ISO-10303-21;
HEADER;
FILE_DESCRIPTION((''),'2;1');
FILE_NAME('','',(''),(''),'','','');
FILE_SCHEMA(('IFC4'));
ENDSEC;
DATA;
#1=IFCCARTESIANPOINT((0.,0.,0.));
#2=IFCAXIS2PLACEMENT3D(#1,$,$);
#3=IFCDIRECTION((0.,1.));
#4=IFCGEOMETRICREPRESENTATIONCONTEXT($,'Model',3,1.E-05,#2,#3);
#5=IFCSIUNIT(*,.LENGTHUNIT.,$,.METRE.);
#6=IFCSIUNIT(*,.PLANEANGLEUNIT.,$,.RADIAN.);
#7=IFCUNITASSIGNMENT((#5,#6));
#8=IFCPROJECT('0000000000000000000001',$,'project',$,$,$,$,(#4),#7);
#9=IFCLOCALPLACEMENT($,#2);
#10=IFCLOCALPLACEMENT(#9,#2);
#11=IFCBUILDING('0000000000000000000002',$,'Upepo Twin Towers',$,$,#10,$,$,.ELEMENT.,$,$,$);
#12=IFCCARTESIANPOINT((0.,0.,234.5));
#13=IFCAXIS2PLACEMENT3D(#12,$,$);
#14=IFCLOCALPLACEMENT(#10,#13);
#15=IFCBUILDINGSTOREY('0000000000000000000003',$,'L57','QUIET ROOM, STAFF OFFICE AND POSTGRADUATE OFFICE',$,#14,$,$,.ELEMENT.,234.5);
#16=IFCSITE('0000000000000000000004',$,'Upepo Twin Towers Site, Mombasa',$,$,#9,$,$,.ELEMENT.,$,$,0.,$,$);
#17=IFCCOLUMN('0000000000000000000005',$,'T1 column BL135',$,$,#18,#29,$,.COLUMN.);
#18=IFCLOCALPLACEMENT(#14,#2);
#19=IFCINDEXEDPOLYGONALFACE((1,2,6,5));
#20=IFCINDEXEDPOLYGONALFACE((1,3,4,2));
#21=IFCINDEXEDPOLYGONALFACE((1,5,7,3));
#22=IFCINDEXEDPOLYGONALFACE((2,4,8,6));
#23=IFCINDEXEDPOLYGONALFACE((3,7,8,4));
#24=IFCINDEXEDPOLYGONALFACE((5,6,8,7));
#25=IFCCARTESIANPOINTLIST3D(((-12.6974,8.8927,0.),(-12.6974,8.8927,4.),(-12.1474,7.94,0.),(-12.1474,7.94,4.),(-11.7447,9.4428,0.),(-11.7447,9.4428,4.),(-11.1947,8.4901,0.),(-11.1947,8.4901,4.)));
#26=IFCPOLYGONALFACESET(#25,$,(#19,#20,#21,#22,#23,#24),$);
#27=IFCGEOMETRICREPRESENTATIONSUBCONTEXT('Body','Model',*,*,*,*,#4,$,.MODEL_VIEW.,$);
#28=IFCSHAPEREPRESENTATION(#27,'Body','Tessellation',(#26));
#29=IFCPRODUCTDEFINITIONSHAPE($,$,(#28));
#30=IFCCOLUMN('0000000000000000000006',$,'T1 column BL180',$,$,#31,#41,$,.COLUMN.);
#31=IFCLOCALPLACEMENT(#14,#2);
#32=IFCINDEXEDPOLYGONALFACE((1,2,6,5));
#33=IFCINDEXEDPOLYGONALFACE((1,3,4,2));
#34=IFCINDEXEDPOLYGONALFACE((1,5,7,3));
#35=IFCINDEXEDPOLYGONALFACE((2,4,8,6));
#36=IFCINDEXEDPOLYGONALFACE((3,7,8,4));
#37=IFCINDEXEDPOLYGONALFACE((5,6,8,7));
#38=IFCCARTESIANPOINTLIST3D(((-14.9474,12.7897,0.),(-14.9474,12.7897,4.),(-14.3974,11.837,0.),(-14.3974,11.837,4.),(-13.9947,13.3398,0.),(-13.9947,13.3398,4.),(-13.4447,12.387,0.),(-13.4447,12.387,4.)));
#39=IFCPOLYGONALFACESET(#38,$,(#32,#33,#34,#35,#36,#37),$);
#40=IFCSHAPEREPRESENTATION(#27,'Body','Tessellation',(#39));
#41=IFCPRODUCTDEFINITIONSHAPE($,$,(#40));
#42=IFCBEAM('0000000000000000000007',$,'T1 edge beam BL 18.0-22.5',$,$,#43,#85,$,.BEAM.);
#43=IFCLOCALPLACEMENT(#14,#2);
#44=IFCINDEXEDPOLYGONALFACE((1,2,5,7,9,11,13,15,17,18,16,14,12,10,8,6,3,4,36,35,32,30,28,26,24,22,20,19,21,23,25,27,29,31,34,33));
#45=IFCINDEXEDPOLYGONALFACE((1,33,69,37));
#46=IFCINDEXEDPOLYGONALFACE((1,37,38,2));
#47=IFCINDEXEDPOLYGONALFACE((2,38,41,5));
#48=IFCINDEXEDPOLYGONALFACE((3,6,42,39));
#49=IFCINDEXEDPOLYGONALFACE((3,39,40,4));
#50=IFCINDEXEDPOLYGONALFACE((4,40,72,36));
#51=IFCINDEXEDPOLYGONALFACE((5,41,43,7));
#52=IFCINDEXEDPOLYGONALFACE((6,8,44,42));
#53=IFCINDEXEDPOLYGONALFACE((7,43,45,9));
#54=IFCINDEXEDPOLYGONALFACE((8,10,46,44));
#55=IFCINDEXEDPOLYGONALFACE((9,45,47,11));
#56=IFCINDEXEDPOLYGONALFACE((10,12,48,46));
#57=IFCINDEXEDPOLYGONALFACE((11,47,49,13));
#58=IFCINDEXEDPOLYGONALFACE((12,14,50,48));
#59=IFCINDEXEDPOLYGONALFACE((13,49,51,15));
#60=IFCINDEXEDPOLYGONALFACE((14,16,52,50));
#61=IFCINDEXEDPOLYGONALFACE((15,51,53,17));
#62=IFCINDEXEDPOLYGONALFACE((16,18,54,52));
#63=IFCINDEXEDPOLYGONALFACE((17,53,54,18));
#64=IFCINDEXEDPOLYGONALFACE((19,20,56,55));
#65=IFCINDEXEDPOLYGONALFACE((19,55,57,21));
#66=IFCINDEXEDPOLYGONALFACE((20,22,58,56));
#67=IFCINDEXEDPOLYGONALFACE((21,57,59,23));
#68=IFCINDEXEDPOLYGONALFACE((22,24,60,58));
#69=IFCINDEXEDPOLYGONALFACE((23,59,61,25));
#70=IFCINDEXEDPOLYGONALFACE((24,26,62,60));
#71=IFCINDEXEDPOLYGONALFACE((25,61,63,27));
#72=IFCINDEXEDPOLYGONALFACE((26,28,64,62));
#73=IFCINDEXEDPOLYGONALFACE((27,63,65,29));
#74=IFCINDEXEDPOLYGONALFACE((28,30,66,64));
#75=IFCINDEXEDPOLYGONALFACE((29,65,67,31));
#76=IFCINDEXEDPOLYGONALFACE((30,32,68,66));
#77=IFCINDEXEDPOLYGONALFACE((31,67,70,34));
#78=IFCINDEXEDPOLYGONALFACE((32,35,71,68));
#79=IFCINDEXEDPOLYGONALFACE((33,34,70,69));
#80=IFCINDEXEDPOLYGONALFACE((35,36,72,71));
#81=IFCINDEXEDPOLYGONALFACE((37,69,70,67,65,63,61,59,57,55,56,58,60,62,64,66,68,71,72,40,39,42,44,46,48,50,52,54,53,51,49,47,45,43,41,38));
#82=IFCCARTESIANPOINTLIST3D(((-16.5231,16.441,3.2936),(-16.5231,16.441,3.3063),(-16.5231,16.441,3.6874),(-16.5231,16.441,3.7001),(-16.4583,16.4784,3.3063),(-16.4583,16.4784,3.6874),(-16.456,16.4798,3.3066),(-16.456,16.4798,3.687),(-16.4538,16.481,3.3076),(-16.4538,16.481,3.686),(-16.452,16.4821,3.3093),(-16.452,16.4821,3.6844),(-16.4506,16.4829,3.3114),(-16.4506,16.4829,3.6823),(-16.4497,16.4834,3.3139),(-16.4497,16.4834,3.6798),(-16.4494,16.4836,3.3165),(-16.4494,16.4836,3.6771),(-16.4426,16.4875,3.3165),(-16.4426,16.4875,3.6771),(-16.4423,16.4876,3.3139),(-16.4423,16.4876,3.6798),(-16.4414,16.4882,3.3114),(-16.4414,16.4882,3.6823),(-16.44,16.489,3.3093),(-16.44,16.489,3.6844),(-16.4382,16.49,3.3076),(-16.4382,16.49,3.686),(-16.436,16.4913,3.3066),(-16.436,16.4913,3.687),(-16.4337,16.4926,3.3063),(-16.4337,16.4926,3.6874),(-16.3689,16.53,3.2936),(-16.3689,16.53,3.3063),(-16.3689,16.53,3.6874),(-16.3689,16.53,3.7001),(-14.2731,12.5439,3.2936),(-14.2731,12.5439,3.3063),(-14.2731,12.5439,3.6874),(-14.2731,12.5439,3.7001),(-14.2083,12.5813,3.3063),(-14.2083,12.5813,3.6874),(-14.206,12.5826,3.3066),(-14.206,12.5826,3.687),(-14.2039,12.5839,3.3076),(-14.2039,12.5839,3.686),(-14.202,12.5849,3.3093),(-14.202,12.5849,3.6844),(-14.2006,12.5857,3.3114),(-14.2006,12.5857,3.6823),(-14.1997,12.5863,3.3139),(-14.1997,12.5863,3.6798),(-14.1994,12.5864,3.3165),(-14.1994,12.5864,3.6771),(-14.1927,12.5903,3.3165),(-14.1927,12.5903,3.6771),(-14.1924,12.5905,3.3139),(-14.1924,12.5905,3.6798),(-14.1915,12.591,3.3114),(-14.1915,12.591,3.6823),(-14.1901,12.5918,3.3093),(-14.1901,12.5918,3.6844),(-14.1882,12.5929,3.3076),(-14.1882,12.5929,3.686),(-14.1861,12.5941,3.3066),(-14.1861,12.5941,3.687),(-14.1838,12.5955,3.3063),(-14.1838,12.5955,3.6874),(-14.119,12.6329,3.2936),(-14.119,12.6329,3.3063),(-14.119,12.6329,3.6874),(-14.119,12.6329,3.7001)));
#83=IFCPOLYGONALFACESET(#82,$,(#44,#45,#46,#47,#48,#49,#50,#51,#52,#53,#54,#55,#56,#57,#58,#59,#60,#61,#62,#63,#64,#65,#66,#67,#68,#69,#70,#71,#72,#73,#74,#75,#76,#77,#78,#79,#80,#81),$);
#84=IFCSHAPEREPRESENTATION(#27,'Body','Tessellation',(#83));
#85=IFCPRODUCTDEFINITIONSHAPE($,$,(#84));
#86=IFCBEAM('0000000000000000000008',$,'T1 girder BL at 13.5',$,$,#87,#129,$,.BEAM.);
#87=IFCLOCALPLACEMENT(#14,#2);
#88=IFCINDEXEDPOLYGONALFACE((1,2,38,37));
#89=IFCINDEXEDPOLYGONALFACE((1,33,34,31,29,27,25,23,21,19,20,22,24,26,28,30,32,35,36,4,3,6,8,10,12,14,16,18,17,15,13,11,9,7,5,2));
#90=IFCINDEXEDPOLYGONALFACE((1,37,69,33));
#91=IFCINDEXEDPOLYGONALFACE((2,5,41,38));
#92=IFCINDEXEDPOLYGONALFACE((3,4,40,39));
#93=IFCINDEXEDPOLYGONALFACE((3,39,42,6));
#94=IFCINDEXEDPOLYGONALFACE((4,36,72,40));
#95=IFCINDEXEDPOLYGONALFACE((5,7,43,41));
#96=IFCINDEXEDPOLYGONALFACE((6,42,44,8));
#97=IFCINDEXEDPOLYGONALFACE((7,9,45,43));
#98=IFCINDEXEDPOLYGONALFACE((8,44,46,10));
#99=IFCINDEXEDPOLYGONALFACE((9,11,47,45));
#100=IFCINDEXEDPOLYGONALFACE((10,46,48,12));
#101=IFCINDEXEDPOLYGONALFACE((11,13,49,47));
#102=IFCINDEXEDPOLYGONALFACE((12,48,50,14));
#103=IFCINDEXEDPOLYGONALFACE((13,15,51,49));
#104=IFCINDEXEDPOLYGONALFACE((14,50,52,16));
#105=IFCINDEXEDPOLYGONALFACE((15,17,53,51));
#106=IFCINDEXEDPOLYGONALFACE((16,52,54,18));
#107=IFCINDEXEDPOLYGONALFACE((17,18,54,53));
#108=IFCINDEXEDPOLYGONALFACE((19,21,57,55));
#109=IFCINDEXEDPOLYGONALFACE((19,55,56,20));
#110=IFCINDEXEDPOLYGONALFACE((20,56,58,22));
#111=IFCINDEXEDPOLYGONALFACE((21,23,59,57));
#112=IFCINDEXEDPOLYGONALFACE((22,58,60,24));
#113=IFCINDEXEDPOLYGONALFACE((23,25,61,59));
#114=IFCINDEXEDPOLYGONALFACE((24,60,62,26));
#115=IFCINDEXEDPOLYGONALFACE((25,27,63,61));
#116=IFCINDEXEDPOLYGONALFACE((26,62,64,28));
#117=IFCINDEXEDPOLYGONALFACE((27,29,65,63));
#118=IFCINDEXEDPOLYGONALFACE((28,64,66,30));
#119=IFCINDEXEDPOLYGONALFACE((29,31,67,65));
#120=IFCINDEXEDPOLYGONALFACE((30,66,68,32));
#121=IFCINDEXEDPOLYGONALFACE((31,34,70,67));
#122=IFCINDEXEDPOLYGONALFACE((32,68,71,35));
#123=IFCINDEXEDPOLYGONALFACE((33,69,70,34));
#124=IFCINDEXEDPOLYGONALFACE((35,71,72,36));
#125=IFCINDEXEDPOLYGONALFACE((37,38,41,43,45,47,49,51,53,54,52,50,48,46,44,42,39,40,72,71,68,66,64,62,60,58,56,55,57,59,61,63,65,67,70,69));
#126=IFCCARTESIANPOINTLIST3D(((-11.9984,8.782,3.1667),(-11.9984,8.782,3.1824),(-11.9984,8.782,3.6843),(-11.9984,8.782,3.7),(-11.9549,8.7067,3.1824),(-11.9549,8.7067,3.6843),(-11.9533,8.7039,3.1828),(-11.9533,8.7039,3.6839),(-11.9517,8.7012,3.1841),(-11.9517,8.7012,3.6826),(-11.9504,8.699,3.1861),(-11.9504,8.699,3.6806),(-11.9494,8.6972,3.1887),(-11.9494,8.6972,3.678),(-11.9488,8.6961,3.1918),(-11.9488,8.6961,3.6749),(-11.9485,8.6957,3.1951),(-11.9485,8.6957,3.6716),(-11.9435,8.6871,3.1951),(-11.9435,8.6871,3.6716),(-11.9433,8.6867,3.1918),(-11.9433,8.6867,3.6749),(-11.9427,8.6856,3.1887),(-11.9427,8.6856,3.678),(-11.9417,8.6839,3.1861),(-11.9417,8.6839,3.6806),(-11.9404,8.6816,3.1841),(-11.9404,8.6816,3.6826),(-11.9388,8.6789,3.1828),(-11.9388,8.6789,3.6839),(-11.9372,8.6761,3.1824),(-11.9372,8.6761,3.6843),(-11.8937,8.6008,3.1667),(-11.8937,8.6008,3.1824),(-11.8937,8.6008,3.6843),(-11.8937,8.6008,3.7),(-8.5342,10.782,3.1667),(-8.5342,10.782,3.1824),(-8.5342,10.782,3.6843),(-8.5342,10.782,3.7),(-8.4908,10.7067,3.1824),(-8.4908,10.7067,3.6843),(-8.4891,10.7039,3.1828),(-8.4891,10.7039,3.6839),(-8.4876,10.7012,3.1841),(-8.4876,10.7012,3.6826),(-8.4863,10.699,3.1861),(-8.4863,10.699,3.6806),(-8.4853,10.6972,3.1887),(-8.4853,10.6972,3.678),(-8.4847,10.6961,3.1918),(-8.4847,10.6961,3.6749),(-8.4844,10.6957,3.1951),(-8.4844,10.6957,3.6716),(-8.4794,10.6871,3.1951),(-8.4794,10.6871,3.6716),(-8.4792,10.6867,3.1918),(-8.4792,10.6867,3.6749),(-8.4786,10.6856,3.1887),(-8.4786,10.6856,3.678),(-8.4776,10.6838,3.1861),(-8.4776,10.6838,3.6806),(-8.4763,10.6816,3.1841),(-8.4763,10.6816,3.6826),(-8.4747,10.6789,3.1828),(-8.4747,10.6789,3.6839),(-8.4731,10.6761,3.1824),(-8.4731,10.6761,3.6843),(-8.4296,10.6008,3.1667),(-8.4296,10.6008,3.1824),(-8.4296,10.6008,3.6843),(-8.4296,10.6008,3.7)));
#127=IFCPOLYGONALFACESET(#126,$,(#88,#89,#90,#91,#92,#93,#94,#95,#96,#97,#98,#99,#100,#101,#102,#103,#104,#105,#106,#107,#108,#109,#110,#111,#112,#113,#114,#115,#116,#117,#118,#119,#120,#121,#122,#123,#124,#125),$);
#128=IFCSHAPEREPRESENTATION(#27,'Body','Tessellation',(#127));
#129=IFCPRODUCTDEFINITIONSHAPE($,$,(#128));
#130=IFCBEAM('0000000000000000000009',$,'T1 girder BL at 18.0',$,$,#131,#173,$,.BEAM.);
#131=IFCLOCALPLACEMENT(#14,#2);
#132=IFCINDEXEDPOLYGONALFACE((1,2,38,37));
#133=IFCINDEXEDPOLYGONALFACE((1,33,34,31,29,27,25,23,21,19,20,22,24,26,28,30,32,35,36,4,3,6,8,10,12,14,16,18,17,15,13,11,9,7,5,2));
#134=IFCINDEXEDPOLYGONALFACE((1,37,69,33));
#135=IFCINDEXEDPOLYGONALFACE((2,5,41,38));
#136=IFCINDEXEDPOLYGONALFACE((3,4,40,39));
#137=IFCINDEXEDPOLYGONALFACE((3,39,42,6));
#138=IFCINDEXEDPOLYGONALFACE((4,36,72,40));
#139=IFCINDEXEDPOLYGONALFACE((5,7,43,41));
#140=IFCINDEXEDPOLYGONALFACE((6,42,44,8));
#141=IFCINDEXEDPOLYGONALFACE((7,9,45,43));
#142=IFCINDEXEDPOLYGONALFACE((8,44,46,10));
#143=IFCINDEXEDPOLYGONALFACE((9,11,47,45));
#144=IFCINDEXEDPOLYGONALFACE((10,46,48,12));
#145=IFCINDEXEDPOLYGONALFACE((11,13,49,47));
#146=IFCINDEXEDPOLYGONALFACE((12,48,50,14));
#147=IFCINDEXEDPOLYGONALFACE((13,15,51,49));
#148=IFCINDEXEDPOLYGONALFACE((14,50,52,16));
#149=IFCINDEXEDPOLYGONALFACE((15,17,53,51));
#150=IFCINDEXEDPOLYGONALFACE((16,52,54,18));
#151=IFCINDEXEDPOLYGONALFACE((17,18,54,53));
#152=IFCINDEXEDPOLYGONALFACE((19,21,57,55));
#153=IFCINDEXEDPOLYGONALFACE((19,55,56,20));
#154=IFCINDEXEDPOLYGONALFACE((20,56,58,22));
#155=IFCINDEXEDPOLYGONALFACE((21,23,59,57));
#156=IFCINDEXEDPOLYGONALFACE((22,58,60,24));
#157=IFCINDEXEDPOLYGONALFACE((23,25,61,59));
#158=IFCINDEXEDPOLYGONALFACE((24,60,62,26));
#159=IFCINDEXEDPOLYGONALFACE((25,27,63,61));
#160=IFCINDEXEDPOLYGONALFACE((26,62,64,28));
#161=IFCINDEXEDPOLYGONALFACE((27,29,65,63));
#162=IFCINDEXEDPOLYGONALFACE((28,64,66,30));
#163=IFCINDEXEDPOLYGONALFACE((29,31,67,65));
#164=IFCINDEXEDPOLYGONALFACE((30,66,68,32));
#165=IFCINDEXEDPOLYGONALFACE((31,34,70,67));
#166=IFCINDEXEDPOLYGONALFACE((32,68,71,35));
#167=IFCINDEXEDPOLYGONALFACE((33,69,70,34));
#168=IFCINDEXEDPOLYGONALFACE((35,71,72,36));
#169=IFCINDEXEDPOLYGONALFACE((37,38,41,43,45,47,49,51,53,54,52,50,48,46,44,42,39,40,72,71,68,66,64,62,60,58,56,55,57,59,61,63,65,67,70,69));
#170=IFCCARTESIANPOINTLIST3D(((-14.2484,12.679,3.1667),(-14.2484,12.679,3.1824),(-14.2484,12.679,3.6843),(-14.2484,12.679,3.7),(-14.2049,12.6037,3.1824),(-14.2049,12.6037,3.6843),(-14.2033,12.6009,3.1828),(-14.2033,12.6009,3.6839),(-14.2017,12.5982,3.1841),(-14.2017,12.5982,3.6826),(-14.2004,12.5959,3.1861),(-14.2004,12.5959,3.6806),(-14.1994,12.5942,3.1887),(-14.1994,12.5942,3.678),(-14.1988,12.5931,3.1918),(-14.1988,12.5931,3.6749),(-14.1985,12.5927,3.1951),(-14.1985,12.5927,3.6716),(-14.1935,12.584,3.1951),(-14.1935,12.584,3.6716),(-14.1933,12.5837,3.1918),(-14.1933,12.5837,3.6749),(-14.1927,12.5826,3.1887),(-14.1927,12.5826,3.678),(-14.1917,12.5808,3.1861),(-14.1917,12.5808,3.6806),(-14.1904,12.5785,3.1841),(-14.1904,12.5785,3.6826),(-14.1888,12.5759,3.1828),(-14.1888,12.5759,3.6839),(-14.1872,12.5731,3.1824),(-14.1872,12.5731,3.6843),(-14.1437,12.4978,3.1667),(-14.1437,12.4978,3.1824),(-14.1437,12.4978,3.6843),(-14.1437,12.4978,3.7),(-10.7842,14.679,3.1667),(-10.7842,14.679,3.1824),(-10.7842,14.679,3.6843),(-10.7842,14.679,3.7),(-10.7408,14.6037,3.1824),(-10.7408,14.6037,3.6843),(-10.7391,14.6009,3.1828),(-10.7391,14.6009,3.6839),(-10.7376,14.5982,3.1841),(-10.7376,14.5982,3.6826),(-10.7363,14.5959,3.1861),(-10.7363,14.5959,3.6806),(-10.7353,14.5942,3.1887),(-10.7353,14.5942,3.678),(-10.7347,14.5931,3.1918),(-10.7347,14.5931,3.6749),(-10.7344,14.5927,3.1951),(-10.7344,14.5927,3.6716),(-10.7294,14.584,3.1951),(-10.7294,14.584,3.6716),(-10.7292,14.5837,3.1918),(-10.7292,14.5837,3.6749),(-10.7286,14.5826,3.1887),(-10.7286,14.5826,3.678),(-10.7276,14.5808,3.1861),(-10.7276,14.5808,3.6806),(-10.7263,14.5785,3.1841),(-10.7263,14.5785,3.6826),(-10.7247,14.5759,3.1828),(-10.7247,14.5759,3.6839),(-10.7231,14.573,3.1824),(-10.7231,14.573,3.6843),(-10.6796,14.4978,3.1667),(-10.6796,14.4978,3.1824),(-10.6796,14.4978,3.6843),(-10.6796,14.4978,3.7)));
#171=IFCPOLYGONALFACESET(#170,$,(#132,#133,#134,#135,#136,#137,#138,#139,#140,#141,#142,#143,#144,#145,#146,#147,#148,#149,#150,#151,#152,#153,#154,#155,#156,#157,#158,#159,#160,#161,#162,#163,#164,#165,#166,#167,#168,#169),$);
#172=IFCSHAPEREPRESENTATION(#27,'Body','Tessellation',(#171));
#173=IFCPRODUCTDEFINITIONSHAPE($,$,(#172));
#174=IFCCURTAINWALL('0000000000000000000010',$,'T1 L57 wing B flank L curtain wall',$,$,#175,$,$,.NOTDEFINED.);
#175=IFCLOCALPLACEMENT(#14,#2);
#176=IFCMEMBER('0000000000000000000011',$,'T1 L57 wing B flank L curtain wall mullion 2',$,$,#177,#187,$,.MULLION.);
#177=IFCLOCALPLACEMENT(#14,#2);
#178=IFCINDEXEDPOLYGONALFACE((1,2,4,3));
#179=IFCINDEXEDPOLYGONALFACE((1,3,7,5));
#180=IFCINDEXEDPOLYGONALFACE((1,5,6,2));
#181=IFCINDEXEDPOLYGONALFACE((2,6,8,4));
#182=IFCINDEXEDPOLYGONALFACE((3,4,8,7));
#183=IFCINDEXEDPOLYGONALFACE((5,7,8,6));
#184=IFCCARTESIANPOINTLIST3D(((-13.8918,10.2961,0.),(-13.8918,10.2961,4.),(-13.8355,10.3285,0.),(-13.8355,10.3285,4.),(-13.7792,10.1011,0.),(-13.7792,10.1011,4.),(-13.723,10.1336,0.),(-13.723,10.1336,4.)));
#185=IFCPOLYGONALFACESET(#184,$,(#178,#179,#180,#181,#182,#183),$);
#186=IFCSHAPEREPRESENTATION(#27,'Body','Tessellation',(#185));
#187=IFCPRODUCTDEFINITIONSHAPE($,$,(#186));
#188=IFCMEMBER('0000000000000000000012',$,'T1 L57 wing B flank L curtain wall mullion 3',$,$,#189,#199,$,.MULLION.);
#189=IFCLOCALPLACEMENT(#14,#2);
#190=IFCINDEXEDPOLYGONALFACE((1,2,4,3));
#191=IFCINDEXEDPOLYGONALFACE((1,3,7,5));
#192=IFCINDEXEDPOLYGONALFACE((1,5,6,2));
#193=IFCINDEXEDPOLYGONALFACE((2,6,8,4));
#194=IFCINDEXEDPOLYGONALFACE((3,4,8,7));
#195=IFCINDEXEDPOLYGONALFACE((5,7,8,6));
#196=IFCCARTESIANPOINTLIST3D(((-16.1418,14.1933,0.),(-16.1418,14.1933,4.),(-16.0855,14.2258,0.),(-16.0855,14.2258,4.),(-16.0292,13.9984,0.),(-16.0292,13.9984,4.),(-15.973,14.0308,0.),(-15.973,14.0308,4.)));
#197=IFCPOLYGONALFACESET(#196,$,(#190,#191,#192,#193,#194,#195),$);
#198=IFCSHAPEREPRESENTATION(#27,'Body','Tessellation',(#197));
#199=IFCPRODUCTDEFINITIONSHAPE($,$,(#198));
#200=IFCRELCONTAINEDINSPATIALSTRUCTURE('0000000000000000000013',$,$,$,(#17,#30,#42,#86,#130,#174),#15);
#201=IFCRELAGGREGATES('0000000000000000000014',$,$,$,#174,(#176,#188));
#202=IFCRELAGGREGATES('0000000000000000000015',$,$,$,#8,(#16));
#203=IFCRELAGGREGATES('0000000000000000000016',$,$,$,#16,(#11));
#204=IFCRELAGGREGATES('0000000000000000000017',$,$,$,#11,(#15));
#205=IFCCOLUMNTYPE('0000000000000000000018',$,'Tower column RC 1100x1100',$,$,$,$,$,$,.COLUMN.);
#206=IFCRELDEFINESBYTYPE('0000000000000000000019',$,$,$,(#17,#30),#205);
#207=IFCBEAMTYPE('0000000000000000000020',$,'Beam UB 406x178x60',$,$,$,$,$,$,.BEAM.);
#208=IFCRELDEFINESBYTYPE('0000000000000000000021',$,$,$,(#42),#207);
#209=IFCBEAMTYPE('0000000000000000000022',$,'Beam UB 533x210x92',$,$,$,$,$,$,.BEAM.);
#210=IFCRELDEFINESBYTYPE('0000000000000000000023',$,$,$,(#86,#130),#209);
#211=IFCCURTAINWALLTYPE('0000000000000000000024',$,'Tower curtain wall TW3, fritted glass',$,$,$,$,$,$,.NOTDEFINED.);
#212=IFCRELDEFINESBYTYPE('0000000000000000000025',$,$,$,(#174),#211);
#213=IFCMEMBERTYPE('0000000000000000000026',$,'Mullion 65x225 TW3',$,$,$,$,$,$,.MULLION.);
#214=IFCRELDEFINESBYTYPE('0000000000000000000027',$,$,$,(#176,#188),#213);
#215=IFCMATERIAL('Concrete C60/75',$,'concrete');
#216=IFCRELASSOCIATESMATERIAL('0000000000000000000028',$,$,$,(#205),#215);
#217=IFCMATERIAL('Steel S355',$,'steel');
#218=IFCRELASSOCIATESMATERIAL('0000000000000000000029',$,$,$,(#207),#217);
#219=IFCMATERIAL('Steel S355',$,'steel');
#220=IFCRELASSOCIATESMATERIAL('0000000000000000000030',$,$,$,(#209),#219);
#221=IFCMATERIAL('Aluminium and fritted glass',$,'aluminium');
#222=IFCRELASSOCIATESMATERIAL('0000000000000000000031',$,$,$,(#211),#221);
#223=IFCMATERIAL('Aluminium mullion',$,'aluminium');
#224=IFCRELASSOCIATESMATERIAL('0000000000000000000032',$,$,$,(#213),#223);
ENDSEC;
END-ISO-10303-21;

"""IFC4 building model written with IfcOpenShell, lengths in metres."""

from ifc_helpers import new_model, si_unit, direction, frame, origin, origin_2d, place, context, subcontext, project, spatial, rectangle, i_section, extrude, material, material_profile, profile_set, type_object, element, aggregate, save


model = new_model("IFC4")

# Units and contexts
model_context = context("Model", 3, precision=1e-05, world=origin(), true_north=direction((0.0, 1.0)))
body_context = subcontext(model_context, "Body", "Model", "MODEL_VIEW")
ifc_project = project(units=[si_unit("LENGTHUNIT", "METRE"), si_unit("PLANEANGLEUNIT", "RADIAN")], contexts=[model_context])

# Site, building, storey
site_placement = place(None, origin())
site = spatial("IfcSite", under=ifc_project, at=site_placement, Name="Upepo Twin Towers Site, Mombasa", CompositionType="ELEMENT", RefElevation=0.0)
building_placement = place(site_placement, origin())
building = spatial("IfcBuilding", under=site, at=building_placement, Name="Upepo Twin Towers", CompositionType="ELEMENT")
storey_placement = place(building_placement, frame((0.0, 0.0, 234.5)))
storey = spatial("IfcBuildingStorey", under=building, at=storey_placement, Name="L57", Description="QUIET ROOM, STAFF OFFICE AND POSTGRADUATE OFFICE", CompositionType="ELEMENT", Elevation=234.5)

# Columns
ifc_material_1 = material(Name="Concrete C60/75", Category="concrete")
ifc_material_profile_1 = material_profile(ifc_material_1, rectangle(XDim=1.1001, YDim=1.1001, at=origin_2d()), Name="RC 1100x1100")
ifc_profile_set_1 = profile_set([ifc_material_profile_1], Name="Concrete C60/75")
column_type = type_object("IfcColumnType", Name="Tower column RC 1100x1100", PredefinedType="COLUMN", material=ifc_profile_set_1)
for number, where, z_axis, x_axis, name in (
    (1, (-11.946, 8.6914, 0.0), (0.0, 0.0, 1.0), (0.866025, 0.5, 0.0), "T1 column BL135"),
    (2, (-14.196, 12.5884, 0.0), (0.0, 0.0, 1.0), (0.866025, 0.5, 0.0), "T1 column BL180"),
):
    element("IfcColumn", number, at=place(storey_placement, frame(where, z_axis=z_axis, x_axis=x_axis)), inside=storey, type_object=column_type, Name=name, PredefinedType="COLUMN", context=body_context, shape_type="SweptSolid", body=[
        extrude(rectangle(XDim=1.1001, YDim=1.1001, at=origin_2d()), origin(), (0.0, 0.0, 1.0), 4.0),
    ])

# Beams
ifc_material_2 = material(Name="Steel S355", Category="steel")
ifc_material_profile_2 = material_profile(ifc_material_2, i_section(OverallWidth=0.178, OverallDepth=0.4065, WebThickness=0.0078, FlangeThickness=0.0127, FilletRadius=0.0103, at=origin_2d()), Name="UB 406x178x60")
ifc_profile_set_2 = profile_set([ifc_material_profile_2], Name="Steel S355")
beam_type_1 = type_object("IfcBeamType", Name="Beam UB 406x178x60", PredefinedType="BEAM", material=ifc_profile_set_2)
beam_placement = place(storey_placement, frame((-14.196, 12.5884, 3.4968), z_axis=(-0.49999, 0.866031, 0.0), x_axis=(-0.866031, -0.49999, 0.0)))
element("IfcBeam", 3, at=beam_placement, inside=storey, type_object=beam_type_1, Name="T1 edge beam BL 18.0-22.5", PredefinedType="BEAM", context=body_context, shape_type="SweptSolid", body=[
    extrude(i_section(OverallWidth=0.178, OverallDepth=0.4065, WebThickness=0.0078, FlangeThickness=0.0127, FilletRadius=0.0103, at=origin_2d()), origin(), (0.0, 0.0, 1.0), 4.5),
])
ifc_material_3 = material(Name="Steel S355", Category="steel")
ifc_material_profile_3 = material_profile(ifc_material_3, i_section(OverallWidth=0.2092, OverallDepth=0.5332, WebThickness=0.01, FlangeThickness=0.0156, FilletRadius=0.0127, at=origin_2d()), Name="UB 533x210x92")
ifc_profile_set_3 = profile_set([ifc_material_profile_3], Name="Steel S355")
beam_type_2 = type_object("IfcBeamType", Name="Beam UB 533x210x92", PredefinedType="BEAM", material=ifc_profile_set_3)
for number, where, z_axis, x_axis, name in (
    (4, (-11.946, 8.6914, 3.4333), (0.866026, 0.499999, 0.0), (-0.499999, 0.866026, 0.0), "T1 girder BL at 13.5"),
    (5, (-14.196, 12.5884, 3.4333), (0.866026, 0.499999, 0.0), (-0.499999, 0.866026, 0.0), "T1 girder BL at 18.0"),
):
    element("IfcBeam", number, at=place(storey_placement, frame(where, z_axis=z_axis, x_axis=x_axis)), inside=storey, type_object=beam_type_2, Name=name, PredefinedType="BEAM", context=body_context, shape_type="SweptSolid", body=[
        extrude(i_section(OverallWidth=0.2092, OverallDepth=0.5332, WebThickness=0.01, FlangeThickness=0.0156, FilletRadius=0.0127, at=origin_2d()), origin(), (0.0, 0.0, 1.0), 4.0),
    ])

# Curtain wall, members
ifc_material_4 = material(Name="Aluminium and fritted glass", Category="aluminium")
curtain_wall_type = type_object("IfcCurtainWallType", Name="Tower curtain wall TW3, fritted glass", PredefinedType="NOTDEFINED", material=ifc_material_4)
curtain_wall_placement = place(storey_placement, origin())
curtain_wall = element("IfcCurtainWall", 6, at=curtain_wall_placement, inside=storey, type_object=curtain_wall_type, Name="T1 L57 wing B flank L curtain wall", PredefinedType="NOTDEFINED")
ifc_material_5 = material(Name="Aluminium mullion", Category="aluminium")
ifc_material_profile_4 = material_profile(ifc_material_5, rectangle(XDim=0.0649, YDim=0.2251, at=origin_2d()), Name="MULLION 65x225")
ifc_profile_set_4 = profile_set([ifc_material_profile_4], Name="Aluminium mullion")
member_type_1 = type_object("IfcMemberType", Name="Mullion 65x225 TW3", PredefinedType="MULLION", material=ifc_profile_set_4)
member_1_placement = place(storey_placement, frame((-13.8074, 10.2148, 0.0), z_axis=(0.0, 0.0, 1.0), x_axis=(-0.866025, -0.5, 0.0)))
member_1 = element("IfcMember", 7, at=member_1_placement, type_object=member_type_1, Name="T1 L57 wing B flank L curtain wall mullion 2", PredefinedType="MULLION", context=body_context, shape_type="SweptSolid", body=[
    extrude(rectangle(XDim=0.0649, YDim=0.2251, at=origin_2d()), origin(), (0.0, 0.0, 1.0), 4.0),
])
member_2_placement = place(storey_placement, frame((-16.0574, 14.1121, 0.0), z_axis=(0.0, 0.0, 1.0), x_axis=(-0.866025, -0.5, 0.0)))
member_2 = element("IfcMember", 8, at=member_2_placement, type_object=member_type_1, Name="T1 L57 wing B flank L curtain wall mullion 3", PredefinedType="MULLION", context=body_context, shape_type="SweptSolid", body=[
    extrude(rectangle(XDim=0.0649, YDim=0.2251, at=origin_2d()), origin(), (0.0, 0.0, 1.0), 4.0),
])
aggregate(curtain_wall, [member_1, member_2])

save(model, "model.ifc")
